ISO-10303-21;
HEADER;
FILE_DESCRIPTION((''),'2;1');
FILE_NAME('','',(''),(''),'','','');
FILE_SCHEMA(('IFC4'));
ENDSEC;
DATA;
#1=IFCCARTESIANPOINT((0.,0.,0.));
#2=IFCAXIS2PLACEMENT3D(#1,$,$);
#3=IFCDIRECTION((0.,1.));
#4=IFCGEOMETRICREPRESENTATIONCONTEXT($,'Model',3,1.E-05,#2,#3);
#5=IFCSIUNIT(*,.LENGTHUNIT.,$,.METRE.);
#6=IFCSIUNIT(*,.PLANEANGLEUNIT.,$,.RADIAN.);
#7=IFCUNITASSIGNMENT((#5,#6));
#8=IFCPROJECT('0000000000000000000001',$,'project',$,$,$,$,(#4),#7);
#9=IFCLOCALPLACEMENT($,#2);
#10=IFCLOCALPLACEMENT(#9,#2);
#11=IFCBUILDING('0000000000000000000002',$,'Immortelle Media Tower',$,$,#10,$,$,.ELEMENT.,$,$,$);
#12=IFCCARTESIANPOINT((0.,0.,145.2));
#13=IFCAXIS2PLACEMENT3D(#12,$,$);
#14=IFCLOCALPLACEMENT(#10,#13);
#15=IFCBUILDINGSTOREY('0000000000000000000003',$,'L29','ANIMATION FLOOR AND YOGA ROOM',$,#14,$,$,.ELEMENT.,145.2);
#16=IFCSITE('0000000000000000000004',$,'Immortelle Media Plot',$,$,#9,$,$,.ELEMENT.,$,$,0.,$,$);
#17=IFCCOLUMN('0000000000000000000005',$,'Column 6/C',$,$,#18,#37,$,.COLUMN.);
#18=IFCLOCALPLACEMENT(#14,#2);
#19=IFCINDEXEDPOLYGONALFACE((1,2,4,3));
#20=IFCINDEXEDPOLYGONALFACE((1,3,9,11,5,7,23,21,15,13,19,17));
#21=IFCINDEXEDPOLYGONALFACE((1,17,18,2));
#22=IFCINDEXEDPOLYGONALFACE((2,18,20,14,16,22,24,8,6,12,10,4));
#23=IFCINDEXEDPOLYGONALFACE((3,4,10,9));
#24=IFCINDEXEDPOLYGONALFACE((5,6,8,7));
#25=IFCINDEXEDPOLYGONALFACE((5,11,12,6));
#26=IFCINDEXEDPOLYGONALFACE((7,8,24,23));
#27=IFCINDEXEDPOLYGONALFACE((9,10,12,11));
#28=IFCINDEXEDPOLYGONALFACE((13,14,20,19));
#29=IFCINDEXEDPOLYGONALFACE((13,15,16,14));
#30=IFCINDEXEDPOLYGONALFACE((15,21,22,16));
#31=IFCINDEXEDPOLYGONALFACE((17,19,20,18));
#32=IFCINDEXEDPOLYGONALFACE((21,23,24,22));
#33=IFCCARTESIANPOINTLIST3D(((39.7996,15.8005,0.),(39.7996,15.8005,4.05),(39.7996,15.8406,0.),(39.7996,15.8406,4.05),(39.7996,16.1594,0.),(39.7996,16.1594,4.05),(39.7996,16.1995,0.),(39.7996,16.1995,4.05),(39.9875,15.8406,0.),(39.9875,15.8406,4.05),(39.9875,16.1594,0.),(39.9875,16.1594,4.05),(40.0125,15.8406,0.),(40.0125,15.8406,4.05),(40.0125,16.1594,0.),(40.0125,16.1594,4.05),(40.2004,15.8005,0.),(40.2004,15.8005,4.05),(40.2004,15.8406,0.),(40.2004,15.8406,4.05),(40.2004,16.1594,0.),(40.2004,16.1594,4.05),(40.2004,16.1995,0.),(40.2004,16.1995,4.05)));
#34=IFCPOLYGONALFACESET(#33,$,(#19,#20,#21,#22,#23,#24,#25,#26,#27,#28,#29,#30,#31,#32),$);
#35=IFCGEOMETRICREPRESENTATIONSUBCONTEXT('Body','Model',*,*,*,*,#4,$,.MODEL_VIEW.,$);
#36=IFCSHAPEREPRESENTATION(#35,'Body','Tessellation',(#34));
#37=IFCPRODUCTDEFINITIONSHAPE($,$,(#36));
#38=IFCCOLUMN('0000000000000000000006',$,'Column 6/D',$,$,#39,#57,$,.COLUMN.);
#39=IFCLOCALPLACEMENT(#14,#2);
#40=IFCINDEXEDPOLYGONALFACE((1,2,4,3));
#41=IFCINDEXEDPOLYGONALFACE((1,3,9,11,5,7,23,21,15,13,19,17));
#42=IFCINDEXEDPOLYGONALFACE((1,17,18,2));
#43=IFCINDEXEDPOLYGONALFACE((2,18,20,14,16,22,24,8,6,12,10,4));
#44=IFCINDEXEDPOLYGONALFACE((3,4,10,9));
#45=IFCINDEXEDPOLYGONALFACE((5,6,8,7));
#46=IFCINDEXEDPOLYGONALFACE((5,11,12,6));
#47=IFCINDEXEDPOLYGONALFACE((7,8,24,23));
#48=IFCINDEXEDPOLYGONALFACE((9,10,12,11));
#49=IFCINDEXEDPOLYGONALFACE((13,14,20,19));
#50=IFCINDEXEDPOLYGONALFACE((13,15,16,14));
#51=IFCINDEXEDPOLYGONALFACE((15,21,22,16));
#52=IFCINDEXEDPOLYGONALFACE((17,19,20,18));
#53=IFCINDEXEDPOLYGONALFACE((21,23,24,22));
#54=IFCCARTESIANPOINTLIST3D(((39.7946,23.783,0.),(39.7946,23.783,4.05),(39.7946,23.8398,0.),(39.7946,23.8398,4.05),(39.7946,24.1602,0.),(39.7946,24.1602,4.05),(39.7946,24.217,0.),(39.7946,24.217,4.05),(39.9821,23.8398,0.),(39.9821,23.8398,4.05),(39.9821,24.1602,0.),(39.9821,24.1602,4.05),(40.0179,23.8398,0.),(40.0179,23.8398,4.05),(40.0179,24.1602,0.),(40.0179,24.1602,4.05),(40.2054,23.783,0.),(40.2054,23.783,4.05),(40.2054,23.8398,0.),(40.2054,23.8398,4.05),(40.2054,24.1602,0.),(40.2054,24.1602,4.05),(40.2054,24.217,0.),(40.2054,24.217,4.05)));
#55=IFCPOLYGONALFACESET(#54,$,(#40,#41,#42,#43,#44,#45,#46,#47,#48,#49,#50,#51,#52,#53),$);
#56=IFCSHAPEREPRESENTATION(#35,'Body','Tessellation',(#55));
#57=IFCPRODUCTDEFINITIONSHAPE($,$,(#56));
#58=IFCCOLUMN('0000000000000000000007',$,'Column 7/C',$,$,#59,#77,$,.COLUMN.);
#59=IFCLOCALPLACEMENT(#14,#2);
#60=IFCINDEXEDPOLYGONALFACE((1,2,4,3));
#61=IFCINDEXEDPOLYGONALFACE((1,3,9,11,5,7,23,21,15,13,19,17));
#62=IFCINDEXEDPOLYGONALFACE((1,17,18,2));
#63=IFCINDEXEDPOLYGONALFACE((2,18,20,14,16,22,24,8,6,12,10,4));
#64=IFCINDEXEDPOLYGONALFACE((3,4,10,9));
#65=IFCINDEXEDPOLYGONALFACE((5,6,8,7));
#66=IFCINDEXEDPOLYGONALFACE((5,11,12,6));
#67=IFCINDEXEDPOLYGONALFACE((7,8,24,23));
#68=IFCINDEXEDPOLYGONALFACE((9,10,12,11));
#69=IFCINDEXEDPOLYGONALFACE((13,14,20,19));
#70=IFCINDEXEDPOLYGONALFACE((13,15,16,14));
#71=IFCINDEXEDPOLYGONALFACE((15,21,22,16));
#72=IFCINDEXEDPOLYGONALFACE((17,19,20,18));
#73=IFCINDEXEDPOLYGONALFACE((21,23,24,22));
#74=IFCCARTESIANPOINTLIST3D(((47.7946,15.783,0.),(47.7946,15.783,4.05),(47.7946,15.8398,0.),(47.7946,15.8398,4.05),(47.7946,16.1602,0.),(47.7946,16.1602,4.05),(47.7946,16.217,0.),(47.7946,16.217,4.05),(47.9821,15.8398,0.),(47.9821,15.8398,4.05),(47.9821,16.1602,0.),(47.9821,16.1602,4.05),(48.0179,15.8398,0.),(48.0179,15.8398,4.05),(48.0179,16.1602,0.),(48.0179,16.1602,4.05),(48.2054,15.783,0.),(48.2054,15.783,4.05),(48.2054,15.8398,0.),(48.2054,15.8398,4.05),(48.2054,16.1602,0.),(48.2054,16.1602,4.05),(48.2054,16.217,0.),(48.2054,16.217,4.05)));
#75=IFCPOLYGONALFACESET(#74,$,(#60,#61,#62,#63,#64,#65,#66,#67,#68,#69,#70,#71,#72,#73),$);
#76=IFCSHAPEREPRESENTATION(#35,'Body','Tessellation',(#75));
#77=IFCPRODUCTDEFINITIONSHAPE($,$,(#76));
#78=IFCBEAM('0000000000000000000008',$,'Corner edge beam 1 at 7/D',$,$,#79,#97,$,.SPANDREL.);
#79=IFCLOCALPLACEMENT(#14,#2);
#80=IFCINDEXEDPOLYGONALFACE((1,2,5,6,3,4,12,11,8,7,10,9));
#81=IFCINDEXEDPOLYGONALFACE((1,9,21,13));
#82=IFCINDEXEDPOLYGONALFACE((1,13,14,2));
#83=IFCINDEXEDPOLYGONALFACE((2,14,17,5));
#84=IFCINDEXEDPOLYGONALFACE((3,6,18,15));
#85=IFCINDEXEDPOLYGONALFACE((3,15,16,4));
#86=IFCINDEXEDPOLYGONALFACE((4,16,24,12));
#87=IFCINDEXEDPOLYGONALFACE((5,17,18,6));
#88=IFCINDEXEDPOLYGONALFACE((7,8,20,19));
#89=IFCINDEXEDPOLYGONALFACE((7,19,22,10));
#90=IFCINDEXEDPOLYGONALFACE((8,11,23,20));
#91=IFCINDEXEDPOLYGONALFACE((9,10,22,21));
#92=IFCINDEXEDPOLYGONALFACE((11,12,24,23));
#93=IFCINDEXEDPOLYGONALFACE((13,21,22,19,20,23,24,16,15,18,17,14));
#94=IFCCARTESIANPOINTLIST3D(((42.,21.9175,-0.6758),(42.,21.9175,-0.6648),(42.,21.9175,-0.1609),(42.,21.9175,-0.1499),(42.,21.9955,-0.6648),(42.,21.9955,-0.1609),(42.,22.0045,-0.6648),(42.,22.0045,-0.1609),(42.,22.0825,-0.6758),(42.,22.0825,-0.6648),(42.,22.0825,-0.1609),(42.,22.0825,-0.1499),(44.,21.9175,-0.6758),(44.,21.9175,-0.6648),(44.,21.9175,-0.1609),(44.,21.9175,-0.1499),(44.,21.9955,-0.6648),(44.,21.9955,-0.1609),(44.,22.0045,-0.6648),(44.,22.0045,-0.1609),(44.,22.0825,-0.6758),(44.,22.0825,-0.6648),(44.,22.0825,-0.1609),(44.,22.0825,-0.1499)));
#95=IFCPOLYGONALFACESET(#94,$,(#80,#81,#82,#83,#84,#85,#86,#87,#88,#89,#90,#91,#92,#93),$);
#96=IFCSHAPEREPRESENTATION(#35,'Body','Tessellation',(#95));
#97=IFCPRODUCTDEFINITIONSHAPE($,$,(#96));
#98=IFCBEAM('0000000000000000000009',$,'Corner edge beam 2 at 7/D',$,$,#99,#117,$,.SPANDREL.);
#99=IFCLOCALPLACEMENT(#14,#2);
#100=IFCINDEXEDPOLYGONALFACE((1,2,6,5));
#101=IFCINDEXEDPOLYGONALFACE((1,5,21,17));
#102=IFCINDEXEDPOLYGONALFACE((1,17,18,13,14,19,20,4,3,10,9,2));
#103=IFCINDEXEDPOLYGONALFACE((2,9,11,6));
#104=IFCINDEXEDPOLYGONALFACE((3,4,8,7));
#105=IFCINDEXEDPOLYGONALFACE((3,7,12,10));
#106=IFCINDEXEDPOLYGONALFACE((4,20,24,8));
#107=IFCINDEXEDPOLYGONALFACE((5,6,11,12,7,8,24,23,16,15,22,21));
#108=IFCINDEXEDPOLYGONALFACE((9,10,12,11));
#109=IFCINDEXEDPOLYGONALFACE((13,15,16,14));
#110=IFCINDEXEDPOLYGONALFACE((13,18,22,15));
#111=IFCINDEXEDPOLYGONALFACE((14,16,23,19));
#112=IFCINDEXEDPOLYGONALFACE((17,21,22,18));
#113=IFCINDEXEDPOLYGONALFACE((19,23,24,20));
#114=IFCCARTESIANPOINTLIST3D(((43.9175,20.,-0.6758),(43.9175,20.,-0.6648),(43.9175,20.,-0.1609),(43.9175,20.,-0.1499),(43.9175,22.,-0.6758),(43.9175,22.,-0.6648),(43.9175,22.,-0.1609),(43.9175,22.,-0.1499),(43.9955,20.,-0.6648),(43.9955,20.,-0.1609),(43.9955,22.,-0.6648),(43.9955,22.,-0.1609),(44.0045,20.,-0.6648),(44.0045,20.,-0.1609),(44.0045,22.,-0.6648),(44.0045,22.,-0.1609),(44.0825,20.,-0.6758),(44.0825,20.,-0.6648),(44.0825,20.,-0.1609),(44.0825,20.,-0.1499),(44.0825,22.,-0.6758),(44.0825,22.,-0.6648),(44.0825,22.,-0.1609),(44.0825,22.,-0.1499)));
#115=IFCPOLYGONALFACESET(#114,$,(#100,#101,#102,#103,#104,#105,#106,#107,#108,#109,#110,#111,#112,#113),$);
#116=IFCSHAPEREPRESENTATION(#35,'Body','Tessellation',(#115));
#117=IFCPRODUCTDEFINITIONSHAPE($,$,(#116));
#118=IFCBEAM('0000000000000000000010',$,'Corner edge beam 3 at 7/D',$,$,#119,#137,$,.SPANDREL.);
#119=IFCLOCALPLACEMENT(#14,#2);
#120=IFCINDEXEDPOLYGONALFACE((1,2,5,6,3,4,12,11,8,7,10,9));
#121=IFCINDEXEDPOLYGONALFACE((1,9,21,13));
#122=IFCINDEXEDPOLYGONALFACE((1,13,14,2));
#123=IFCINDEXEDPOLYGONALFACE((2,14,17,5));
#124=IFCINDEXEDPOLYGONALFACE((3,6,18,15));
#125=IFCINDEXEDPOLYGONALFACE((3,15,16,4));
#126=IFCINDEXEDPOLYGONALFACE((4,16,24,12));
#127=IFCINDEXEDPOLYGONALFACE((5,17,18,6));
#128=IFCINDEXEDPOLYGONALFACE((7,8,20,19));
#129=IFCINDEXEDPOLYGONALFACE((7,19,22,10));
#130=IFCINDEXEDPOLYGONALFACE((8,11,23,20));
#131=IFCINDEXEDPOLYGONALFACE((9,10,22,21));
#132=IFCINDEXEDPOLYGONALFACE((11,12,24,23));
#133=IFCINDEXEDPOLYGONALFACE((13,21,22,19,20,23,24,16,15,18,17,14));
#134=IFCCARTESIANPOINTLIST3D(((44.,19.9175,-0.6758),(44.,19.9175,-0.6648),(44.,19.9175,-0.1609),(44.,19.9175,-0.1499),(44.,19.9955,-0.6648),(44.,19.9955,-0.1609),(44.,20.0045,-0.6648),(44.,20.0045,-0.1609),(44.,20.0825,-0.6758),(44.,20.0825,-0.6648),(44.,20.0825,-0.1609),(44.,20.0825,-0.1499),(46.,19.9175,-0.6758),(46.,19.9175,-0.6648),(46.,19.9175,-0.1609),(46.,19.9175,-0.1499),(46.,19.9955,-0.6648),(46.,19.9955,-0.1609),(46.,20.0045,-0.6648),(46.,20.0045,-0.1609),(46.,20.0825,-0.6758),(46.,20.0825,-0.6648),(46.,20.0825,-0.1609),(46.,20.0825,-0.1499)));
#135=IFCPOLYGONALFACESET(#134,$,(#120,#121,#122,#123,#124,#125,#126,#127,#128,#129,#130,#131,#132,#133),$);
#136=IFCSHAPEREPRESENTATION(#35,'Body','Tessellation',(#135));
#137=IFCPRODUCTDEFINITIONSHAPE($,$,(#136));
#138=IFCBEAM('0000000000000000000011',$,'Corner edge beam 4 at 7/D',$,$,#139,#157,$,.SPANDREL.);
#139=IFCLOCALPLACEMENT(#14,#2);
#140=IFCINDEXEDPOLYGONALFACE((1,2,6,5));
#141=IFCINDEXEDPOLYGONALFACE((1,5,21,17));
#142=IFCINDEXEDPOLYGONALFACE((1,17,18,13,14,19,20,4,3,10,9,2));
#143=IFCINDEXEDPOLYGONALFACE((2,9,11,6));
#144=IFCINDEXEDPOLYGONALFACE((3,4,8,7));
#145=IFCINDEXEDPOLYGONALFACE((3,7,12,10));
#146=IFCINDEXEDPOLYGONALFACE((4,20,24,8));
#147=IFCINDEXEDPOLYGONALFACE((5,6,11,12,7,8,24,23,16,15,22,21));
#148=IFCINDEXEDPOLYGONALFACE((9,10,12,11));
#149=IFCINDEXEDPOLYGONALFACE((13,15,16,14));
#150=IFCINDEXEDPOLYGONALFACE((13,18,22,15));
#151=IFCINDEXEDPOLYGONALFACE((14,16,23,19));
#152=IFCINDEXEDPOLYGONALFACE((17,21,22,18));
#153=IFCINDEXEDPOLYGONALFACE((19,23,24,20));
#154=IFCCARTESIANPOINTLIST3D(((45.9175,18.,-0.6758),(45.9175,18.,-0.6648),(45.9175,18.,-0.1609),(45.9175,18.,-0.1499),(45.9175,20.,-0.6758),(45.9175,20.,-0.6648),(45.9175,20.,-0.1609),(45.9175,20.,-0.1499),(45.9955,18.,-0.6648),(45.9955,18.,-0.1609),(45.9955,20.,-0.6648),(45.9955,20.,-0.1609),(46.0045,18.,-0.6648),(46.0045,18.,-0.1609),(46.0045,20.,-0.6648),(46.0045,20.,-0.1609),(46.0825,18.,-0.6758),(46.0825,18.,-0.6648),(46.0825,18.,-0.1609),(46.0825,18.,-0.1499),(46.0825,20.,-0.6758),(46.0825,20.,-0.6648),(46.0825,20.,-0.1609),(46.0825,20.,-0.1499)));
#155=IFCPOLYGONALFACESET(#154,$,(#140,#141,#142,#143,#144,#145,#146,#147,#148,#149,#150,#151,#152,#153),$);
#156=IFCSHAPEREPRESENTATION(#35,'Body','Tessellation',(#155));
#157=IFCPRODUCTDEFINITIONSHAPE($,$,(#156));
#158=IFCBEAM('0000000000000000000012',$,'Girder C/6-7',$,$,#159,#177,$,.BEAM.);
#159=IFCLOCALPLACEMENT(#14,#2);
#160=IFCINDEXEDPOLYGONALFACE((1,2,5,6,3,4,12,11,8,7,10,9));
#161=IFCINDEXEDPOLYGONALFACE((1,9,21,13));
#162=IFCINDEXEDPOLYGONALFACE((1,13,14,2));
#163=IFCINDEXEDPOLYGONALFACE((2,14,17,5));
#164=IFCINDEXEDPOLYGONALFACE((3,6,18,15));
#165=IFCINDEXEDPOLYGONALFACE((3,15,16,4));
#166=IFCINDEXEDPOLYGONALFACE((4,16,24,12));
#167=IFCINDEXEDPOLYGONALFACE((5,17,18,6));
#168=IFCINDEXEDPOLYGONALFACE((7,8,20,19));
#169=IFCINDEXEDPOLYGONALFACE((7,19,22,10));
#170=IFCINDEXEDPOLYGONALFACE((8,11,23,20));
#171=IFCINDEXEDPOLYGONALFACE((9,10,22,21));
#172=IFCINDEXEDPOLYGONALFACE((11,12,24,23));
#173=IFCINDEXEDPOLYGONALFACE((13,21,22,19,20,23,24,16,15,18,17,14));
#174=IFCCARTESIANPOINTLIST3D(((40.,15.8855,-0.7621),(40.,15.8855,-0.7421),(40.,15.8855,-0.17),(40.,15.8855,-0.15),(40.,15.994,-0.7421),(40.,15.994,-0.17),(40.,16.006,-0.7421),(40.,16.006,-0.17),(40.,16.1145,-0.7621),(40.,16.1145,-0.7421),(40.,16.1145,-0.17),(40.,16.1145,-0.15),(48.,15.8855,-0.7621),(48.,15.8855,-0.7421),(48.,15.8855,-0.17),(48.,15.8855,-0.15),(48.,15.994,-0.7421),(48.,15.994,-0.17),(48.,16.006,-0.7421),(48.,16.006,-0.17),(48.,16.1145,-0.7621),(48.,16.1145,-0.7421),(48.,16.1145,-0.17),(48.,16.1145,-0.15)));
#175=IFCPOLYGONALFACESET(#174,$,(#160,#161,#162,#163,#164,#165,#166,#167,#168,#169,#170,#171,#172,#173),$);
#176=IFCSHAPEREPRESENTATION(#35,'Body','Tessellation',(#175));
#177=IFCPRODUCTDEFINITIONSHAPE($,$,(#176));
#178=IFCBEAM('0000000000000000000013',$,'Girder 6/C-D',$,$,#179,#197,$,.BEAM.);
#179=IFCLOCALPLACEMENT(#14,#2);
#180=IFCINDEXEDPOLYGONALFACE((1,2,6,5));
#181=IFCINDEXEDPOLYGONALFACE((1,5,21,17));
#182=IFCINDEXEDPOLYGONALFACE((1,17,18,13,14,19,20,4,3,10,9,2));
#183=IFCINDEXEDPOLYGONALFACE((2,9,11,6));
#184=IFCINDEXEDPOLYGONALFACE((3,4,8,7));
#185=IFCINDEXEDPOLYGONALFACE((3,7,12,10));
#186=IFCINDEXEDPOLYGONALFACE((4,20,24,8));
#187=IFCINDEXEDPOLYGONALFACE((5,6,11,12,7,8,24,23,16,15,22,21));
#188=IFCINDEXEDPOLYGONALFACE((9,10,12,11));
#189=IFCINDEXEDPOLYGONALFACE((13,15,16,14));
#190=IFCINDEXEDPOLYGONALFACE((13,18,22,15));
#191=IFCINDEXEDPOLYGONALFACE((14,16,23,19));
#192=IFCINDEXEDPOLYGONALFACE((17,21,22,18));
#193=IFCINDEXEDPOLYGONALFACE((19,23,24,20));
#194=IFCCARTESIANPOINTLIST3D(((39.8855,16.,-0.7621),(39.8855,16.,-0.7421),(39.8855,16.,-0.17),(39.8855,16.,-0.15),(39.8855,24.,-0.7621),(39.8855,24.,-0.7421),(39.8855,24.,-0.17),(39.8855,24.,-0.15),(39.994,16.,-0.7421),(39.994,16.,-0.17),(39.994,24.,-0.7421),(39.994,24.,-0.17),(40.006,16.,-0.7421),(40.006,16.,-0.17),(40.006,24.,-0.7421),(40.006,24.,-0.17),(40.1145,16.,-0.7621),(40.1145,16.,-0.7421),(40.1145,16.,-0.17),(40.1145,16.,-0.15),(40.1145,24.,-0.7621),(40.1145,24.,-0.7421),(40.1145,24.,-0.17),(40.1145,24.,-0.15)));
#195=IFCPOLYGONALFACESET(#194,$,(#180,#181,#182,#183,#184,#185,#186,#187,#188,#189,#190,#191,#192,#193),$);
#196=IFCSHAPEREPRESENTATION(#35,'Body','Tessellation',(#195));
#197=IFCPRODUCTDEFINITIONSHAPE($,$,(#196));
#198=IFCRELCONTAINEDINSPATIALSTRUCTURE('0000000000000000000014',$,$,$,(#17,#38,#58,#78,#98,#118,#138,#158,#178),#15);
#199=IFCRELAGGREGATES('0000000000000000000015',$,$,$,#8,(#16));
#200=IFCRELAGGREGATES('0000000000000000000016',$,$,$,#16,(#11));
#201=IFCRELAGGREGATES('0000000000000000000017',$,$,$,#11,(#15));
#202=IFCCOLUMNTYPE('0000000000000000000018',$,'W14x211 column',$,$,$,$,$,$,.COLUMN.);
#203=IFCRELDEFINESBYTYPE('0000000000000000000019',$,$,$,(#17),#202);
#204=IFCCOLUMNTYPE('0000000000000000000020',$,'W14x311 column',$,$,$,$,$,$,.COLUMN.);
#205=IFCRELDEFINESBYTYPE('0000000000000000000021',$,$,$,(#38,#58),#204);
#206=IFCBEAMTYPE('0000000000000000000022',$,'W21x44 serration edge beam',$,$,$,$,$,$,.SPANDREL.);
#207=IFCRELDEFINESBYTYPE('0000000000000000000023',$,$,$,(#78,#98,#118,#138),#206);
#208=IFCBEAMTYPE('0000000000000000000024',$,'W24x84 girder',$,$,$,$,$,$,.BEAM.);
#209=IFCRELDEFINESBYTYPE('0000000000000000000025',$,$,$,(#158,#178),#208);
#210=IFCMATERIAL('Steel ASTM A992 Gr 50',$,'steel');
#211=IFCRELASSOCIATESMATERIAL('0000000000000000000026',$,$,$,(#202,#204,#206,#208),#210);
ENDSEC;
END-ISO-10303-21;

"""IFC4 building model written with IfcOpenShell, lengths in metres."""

from ifc_helpers import new_model, si_unit, direction, frame, origin, origin_2d, place, context, subcontext, project, spatial, i_section, extrude, material, material_profile, profile_set, type_object, element, save


model = new_model("IFC4")

# Units and contexts
model_context = context("Model", 3, precision=1e-05, world=origin(), true_north=direction((0.0, 1.0)))
body_context = subcontext(model_context, "Body", "Model", "MODEL_VIEW")
ifc_project = project(units=[si_unit("LENGTHUNIT", "METRE"), si_unit("PLANEANGLEUNIT", "RADIAN")], contexts=[model_context])

# Site, building, storey
site_placement = place(None, origin())
site = spatial("IfcSite", under=ifc_project, at=site_placement, Name="Immortelle Media Plot", CompositionType="ELEMENT", RefElevation=0.0)
building_placement = place(site_placement, origin())
building = spatial("IfcBuilding", under=site, at=building_placement, Name="Immortelle Media Tower", CompositionType="ELEMENT")
storey_placement = place(building_placement, frame((0.0, 0.0, 145.2)))
storey = spatial("IfcBuildingStorey", under=building, at=storey_placement, Name="L29", Description="ANIMATION FLOOR AND YOGA ROOM", CompositionType="ELEMENT", Elevation=145.2)

# Columns
ifc_material_1 = material(Name="Steel ASTM A992 Gr 50", Category="steel")
ifc_material_profile_1 = material_profile(ifc_material_1, i_section(OverallWidth=0.4009, OverallDepth=0.3989, WebThickness=0.0249, FlangeThickness=0.04, at=origin_2d()), Name="W14x211")
ifc_profile_set_1 = profile_set([ifc_material_profile_1], Name="Steel ASTM A992 Gr 50")
column_type_1 = type_object("IfcColumnType", Name="W14x211 column", PredefinedType="COLUMN", material=ifc_profile_set_1)
column_placement = place(storey_placement, frame((40.0, 16.0, 0.0), z_axis=(0.0, 0.0, 1.0), x_axis=(1.0, 0.0, 0.0)))
element("IfcColumn", 1, at=column_placement, inside=storey, type_object=column_type_1, Name="Column 6/C", PredefinedType="COLUMN", context=body_context, shape_type="SweptSolid", body=[
    extrude(i_section(OverallWidth=0.4009, OverallDepth=0.3989, WebThickness=0.0249, FlangeThickness=0.04, at=origin_2d()), origin(), (0.0, 0.0, 1.0), 4.05),
])
ifc_material_profile_2 = material_profile(ifc_material_1, i_section(OverallWidth=0.4109, OverallDepth=0.4341, WebThickness=0.0359, FlangeThickness=0.0569, at=origin_2d()), Name="W14x311")
ifc_profile_set_2 = profile_set([ifc_material_profile_2], Name="Steel ASTM A992 Gr 50")
column_type_2 = type_object("IfcColumnType", Name="W14x311 column", PredefinedType="COLUMN", material=ifc_profile_set_2)
for number, where, z_axis, x_axis, name in (
    (2, (40.0, 24.0, 0.0), (0.0, 0.0, 1.0), (1.0, 0.0, 0.0), "Column 6/D"),
    (3, (48.0, 16.0, 0.0), (0.0, 0.0, 1.0), (1.0, 0.0, 0.0), "Column 7/C"),
):
    element("IfcColumn", number, at=place(storey_placement, frame(where, z_axis=z_axis, x_axis=x_axis)), inside=storey, type_object=column_type_2, Name=name, PredefinedType="COLUMN", context=body_context, shape_type="SweptSolid", body=[
        extrude(i_section(OverallWidth=0.4109, OverallDepth=0.4341, WebThickness=0.0359, FlangeThickness=0.0569, at=origin_2d()), origin(), (0.0, 0.0, 1.0), 4.05),
    ])

# Beams
ifc_material_profile_3 = material_profile(ifc_material_1, i_section(OverallWidth=0.165, OverallDepth=0.5259, WebThickness=0.009, FlangeThickness=0.011, at=origin_2d()), Name="W21x44")
ifc_profile_set_3 = profile_set([ifc_material_profile_3], Name="Steel ASTM A992 Gr 50")
beam_type_1 = type_object("IfcBeamType", Name="W21x44 serration edge beam", PredefinedType="SPANDREL", material=ifc_profile_set_3)
for number, where, z_axis, x_axis, name in (
    (4, (42.0, 22.0, -0.4128), (1.0, 0.0, 0.0), (0.0, 1.0, 0.0), "Corner edge beam 1 at 7/D"),
    (5, (44.0, 22.0, -0.4128), (0.0, -1.0, 0.0), (1.0, 0.0, 0.0), "Corner edge beam 2 at 7/D"),
    (6, (44.0, 20.0, -0.4128), (1.0, 0.0, 0.0), (0.0, 1.0, 0.0), "Corner edge beam 3 at 7/D"),
    (7, (46.0, 20.0, -0.4128), (0.0, -1.0, 0.0), (1.0, 0.0, 0.0), "Corner edge beam 4 at 7/D"),
):
    element("IfcBeam", number, at=place(storey_placement, frame(where, z_axis=z_axis, x_axis=x_axis)), inside=storey, type_object=beam_type_1, Name=name, PredefinedType="SPANDREL", context=body_context, shape_type="SweptSolid", body=[
        extrude(i_section(OverallWidth=0.165, OverallDepth=0.5259, WebThickness=0.009, FlangeThickness=0.011, at=origin_2d()), origin(), (0.0, 0.0, 1.0), 2.0),
    ])
ifc_material_profile_4 = material_profile(ifc_material_1, i_section(OverallWidth=0.229, OverallDepth=0.6121, WebThickness=0.012, FlangeThickness=0.02, at=origin_2d()), Name="W24x84")
ifc_profile_set_4 = profile_set([ifc_material_profile_4], Name="Steel ASTM A992 Gr 50")
beam_type_2 = type_object("IfcBeamType", Name="W24x84 girder", PredefinedType="BEAM", material=ifc_profile_set_4)
for number, where, z_axis, x_axis, name in (
    (8, (40.0, 16.0, -0.4561), (1.0, 0.0, 0.0), (0.0, 1.0, 0.0), "Girder C/6-7"),
    (9, (40.0, 16.0, -0.4561), (0.0, 1.0, 0.0), (-1.0, 0.0, 0.0), "Girder 6/C-D"),
):
    element("IfcBeam", number, at=place(storey_placement, frame(where, z_axis=z_axis, x_axis=x_axis)), inside=storey, type_object=beam_type_2, Name=name, PredefinedType="BEAM", context=body_context, shape_type="SweptSolid", body=[
        extrude(i_section(OverallWidth=0.229, OverallDepth=0.6121, WebThickness=0.012, FlangeThickness=0.02, at=origin_2d()), origin(), (0.0, 0.0, 1.0), 8.0),
    ])

save(model, "model.ifc")
